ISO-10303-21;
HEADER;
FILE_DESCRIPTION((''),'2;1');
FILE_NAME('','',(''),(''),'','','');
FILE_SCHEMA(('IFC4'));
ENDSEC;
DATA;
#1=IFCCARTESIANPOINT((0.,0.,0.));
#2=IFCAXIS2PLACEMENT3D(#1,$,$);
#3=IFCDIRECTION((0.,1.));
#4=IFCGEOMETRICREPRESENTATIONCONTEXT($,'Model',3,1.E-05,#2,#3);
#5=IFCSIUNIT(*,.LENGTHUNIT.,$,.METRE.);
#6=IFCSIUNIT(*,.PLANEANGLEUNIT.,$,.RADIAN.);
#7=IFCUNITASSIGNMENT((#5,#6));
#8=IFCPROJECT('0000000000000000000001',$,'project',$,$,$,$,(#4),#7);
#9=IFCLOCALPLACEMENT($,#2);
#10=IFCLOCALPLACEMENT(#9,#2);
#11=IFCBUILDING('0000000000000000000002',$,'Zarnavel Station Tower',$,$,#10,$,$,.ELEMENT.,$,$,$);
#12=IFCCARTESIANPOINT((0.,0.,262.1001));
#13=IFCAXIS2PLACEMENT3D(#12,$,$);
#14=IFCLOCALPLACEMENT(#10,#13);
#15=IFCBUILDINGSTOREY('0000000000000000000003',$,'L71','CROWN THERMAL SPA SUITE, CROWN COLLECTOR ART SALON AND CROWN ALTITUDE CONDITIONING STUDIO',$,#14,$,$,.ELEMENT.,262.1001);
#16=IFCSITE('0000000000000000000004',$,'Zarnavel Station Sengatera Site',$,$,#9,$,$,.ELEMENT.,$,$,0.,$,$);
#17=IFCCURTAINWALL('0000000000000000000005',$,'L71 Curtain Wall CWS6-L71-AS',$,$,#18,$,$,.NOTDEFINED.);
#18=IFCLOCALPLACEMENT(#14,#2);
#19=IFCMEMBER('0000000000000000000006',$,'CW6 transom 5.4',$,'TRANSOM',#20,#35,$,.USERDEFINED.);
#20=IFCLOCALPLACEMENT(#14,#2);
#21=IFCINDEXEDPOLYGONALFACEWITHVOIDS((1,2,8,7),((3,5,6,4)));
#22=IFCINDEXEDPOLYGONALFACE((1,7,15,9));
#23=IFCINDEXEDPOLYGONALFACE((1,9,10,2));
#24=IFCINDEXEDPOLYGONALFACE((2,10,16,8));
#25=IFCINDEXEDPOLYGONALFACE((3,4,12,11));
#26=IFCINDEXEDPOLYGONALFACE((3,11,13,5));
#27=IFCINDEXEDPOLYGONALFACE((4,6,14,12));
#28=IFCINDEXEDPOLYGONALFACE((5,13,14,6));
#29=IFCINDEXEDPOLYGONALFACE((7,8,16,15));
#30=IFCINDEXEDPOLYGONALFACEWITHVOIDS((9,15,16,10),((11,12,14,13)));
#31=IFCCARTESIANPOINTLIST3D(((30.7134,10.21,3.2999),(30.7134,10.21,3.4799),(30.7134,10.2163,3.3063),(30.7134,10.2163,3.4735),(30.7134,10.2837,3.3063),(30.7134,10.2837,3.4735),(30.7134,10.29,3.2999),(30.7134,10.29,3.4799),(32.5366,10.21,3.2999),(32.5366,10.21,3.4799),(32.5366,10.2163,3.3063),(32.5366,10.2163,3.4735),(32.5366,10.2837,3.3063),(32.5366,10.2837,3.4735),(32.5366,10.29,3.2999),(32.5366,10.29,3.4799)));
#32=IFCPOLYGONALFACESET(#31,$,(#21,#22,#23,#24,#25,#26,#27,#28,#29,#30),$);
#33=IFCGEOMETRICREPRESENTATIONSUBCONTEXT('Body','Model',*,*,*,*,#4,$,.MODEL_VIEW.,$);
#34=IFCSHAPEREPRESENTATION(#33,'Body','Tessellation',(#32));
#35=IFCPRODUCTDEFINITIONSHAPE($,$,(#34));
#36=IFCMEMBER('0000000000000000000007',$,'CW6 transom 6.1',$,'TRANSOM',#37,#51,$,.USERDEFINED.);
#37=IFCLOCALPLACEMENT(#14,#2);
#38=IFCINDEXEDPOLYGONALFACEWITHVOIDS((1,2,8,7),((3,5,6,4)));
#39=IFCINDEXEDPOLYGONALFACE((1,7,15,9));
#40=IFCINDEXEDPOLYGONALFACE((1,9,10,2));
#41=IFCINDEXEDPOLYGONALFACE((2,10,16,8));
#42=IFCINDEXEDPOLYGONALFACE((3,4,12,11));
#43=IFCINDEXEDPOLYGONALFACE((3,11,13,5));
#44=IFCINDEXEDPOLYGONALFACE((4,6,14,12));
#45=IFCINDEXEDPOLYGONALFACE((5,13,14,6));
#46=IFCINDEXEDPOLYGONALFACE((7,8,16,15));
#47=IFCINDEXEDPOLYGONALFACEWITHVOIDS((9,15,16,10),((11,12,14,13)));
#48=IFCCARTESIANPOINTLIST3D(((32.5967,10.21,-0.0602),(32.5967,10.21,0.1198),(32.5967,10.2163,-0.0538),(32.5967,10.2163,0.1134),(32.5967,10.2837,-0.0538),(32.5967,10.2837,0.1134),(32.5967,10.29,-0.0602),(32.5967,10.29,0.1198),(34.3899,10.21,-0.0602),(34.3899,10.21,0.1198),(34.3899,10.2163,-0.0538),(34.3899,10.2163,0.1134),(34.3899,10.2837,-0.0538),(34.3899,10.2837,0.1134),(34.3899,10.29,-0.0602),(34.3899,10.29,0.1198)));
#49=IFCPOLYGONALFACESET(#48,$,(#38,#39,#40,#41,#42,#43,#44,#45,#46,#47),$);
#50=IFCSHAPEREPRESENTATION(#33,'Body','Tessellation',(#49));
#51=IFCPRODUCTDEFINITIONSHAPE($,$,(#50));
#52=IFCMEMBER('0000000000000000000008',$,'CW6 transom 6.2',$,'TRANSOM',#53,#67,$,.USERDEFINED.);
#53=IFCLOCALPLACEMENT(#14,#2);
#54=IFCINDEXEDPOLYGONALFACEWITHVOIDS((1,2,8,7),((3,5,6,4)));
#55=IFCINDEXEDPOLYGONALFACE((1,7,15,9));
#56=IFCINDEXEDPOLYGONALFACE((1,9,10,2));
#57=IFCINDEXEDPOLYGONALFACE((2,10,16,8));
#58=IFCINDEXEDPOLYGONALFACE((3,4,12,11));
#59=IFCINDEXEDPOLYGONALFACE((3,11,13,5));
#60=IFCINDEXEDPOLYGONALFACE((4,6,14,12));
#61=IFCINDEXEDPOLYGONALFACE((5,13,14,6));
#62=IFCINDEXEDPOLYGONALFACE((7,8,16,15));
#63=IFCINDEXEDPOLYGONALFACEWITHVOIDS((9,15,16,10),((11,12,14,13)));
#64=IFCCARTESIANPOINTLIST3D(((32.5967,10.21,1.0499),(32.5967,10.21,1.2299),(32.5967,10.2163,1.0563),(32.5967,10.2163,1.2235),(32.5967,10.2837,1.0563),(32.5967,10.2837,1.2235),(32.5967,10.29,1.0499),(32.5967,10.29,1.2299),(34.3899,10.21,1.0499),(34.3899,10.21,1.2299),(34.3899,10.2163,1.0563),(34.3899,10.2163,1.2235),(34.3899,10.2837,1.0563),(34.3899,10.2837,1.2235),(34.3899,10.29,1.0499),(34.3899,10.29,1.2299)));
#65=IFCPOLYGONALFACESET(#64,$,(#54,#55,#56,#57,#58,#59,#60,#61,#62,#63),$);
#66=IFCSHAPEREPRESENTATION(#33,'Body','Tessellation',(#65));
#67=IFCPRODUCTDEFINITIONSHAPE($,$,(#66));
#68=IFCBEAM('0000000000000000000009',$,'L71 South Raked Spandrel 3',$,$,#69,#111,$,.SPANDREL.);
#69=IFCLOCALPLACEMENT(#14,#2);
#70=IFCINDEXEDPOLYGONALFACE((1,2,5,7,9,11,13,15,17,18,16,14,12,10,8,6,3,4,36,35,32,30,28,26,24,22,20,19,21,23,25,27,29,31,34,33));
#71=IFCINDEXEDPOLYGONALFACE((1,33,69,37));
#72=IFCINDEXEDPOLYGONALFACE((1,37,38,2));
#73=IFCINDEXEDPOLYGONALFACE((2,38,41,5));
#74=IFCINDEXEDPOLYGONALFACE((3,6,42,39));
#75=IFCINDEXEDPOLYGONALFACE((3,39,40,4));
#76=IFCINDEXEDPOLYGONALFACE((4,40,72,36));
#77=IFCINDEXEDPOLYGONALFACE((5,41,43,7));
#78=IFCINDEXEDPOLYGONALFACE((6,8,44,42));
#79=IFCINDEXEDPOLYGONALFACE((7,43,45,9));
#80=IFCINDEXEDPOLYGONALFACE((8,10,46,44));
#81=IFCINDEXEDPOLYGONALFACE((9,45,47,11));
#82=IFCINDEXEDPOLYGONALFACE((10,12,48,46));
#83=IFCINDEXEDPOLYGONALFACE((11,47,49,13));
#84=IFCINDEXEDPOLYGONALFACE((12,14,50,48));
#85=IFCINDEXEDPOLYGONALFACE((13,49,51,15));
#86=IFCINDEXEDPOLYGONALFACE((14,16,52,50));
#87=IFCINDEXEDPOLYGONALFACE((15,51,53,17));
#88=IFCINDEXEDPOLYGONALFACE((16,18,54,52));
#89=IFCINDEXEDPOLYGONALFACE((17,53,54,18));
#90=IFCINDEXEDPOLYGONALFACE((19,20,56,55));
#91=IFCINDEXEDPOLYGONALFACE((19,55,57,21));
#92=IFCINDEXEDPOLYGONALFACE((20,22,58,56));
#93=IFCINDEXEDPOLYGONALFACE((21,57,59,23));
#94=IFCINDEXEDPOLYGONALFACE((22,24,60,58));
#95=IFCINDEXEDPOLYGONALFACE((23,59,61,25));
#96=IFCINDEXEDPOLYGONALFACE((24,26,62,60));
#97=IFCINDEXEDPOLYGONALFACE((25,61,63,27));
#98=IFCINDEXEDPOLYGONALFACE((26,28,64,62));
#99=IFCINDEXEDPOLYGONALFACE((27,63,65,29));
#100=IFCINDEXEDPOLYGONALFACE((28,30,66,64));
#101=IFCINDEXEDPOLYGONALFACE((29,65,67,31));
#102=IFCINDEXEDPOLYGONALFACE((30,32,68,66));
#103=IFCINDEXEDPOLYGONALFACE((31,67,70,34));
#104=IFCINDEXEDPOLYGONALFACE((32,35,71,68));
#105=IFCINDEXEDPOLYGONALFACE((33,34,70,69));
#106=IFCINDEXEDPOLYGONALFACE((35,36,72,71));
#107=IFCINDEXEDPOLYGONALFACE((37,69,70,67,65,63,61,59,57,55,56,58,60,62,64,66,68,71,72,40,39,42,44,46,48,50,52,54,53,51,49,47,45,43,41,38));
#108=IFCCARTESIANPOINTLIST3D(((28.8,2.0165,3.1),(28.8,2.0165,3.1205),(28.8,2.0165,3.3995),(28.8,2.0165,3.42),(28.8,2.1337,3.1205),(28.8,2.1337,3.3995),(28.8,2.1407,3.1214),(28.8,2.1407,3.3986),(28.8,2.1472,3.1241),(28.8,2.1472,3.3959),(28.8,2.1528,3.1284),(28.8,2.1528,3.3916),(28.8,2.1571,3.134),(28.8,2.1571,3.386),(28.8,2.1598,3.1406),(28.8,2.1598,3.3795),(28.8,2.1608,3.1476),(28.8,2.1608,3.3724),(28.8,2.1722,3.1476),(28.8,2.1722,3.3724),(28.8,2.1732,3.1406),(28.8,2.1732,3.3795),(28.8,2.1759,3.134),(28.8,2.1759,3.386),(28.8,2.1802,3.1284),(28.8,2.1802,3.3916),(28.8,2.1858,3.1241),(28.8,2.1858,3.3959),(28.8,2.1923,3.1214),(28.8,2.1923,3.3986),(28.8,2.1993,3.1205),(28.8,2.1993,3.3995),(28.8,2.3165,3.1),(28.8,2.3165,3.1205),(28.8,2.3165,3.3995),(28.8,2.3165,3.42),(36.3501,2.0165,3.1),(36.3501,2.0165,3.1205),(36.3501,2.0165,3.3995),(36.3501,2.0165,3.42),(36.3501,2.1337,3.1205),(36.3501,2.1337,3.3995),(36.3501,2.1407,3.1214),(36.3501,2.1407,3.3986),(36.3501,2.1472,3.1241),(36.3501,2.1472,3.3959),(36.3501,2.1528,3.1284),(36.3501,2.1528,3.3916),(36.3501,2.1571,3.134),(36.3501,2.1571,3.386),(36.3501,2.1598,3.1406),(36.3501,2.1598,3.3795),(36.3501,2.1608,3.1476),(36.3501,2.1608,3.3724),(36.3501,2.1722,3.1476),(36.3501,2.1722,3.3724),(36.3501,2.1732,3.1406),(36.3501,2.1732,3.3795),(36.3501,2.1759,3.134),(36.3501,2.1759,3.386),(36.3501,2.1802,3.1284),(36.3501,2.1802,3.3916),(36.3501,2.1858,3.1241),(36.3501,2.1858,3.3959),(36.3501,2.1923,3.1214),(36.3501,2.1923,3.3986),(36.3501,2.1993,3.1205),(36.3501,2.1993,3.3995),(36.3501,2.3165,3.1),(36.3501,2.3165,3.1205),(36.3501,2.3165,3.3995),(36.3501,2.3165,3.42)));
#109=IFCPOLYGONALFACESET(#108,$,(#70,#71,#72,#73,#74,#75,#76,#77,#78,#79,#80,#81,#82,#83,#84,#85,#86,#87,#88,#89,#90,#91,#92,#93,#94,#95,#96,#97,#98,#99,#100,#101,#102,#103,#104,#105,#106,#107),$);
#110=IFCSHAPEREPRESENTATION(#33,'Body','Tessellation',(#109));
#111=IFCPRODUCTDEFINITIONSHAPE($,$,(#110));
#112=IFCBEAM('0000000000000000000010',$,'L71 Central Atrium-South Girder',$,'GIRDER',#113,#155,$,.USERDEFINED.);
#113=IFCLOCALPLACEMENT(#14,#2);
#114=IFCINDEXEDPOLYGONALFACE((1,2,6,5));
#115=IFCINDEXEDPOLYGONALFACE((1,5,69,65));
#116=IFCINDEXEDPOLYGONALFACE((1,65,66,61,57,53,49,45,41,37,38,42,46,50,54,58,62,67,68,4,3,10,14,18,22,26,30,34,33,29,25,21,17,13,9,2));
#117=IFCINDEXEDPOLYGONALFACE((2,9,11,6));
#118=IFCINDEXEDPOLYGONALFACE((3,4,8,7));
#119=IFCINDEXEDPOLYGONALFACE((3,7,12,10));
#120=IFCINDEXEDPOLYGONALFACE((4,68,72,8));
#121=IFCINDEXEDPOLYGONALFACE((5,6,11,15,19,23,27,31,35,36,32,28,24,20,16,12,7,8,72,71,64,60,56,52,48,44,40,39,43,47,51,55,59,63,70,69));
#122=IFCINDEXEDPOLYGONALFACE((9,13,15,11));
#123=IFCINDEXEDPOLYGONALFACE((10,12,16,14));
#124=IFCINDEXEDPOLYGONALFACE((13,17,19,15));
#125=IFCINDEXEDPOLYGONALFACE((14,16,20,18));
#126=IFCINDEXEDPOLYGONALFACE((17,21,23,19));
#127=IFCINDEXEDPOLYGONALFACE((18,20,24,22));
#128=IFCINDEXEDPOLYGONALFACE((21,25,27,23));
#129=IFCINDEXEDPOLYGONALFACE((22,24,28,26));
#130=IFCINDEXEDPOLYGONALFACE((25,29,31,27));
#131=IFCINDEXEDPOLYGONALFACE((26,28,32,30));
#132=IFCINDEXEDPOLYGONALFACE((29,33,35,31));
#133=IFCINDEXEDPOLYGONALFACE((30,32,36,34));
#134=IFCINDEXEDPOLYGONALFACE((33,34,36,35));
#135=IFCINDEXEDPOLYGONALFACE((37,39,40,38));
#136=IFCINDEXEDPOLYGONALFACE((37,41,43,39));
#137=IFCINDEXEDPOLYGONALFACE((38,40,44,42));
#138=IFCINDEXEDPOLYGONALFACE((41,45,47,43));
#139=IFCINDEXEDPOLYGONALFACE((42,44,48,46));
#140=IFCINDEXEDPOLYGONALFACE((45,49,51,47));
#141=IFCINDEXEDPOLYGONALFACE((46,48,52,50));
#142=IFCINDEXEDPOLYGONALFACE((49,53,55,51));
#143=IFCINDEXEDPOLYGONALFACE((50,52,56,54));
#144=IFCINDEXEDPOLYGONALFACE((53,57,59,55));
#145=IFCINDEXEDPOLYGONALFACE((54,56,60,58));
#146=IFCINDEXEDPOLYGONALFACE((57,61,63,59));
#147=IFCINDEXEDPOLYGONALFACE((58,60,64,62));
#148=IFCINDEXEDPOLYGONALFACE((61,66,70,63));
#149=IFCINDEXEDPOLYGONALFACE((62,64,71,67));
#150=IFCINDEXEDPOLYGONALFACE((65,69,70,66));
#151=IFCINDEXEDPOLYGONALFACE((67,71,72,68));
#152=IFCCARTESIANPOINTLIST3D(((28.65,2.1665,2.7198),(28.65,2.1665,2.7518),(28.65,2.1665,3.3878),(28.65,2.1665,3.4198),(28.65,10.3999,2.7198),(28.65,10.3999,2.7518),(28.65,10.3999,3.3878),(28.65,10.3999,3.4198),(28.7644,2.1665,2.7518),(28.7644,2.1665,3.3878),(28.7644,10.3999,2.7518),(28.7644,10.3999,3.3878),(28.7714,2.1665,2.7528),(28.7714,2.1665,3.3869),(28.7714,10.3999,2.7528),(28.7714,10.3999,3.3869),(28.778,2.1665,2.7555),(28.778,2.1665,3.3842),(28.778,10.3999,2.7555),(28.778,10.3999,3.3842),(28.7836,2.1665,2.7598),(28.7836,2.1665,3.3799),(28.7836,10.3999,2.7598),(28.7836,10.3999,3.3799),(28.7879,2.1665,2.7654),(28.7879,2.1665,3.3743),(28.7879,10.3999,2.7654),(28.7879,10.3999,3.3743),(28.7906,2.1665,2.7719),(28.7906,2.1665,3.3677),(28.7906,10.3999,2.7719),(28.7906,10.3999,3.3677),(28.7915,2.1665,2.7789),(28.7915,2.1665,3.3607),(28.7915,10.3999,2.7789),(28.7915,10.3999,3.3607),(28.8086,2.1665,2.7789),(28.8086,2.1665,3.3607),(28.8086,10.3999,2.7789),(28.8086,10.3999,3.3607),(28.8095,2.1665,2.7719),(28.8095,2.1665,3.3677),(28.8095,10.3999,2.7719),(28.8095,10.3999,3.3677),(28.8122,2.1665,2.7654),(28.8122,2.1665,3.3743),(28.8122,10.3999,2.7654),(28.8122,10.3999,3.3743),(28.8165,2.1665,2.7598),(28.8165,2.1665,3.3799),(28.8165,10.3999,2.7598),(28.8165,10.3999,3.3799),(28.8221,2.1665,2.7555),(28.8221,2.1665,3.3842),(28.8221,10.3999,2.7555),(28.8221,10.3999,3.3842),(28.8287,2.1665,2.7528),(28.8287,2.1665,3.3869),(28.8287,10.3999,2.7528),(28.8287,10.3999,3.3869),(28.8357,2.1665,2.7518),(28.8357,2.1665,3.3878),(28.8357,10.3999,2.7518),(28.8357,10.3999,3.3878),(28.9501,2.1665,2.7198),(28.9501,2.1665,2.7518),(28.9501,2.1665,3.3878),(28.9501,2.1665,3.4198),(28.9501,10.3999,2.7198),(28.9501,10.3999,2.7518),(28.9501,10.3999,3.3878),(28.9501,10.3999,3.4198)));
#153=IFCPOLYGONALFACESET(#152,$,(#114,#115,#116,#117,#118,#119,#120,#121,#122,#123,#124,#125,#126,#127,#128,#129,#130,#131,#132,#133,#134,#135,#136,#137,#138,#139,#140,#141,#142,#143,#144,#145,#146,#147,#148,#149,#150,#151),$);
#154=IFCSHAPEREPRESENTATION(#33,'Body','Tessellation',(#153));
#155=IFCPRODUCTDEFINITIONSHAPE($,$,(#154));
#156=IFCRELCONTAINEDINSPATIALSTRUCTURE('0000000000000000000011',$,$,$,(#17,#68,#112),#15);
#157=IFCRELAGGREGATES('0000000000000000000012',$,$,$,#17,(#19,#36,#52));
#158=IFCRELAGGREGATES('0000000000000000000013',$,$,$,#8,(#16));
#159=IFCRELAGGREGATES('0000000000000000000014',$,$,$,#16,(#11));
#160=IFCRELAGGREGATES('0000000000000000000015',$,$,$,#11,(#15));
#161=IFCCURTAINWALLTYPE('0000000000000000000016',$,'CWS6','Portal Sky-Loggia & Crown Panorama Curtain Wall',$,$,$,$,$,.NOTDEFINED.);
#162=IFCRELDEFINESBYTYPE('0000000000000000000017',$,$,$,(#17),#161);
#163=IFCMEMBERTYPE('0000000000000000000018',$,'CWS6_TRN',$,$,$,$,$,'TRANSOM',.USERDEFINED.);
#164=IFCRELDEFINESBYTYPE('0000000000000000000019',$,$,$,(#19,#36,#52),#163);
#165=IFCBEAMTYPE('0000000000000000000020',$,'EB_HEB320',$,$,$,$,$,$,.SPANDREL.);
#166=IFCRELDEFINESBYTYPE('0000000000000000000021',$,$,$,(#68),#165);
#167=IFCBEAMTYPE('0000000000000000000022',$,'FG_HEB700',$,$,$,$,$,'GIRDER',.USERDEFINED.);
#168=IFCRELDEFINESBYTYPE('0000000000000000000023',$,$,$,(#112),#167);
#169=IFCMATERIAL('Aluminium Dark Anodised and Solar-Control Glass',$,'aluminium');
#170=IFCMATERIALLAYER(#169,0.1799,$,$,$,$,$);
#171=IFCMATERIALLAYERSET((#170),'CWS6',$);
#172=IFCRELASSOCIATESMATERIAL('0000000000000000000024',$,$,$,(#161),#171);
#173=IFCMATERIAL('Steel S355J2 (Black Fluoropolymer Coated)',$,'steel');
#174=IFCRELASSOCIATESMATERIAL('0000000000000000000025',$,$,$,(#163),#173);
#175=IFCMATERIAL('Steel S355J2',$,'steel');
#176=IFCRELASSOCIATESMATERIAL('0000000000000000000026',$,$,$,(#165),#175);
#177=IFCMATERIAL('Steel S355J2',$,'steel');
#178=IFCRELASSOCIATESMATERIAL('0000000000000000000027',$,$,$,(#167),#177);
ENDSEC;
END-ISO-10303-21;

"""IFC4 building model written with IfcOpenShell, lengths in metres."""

from ifc_helpers import new_model, si_unit, direction, frame, origin, origin_2d, place, context, subcontext, project, spatial, hollow_rectangle, i_section, extrude, material, layer, layer_set, material_profile, profile_set, type_object, element, aggregate, save


model = new_model("IFC4")

# Units and contexts
model_context = context("Model", 3, precision=1e-05, world=origin(), true_north=direction((0.0, 1.0)))
body_context = subcontext(model_context, "Body", "Model", "MODEL_VIEW")
ifc_project = project(units=[si_unit("LENGTHUNIT", "METRE"), si_unit("PLANEANGLEUNIT", "RADIAN")], contexts=[model_context])

# Site, building, storey
site_placement = place(None, origin())
site = spatial("IfcSite", under=ifc_project, at=site_placement, Name="Zarnavel Station Sengatera Site", CompositionType="ELEMENT", RefElevation=0.0)
building_placement = place(site_placement, origin())
building = spatial("IfcBuilding", under=site, at=building_placement, Name="Zarnavel Station Tower", CompositionType="ELEMENT")
storey_placement = place(building_placement, frame((0.0, 0.0, 262.1001)))
storey = spatial("IfcBuildingStorey", under=building, at=storey_placement, Name="L71", Description="CROWN THERMAL SPA SUITE, CROWN COLLECTOR ART SALON AND CROWN ALTITUDE CONDITIONING STUDIO", CompositionType="ELEMENT", Elevation=262.1001)

# Curtain wall, members
ifc_material_1 = material(Name="Aluminium Dark Anodised and Solar-Control Glass", Category="aluminium")
ifc_layer_1 = layer(ifc_material_1, 0.1799)
ifc_layer_set_1 = layer_set([ifc_layer_1], Name="CWS6")
curtain_wall_type = type_object("IfcCurtainWallType", Name="CWS6", Description="Portal Sky-Loggia & Crown Panorama Curtain Wall", PredefinedType="NOTDEFINED", material=ifc_layer_set_1)
curtain_wall_placement = place(storey_placement, origin())
curtain_wall = element("IfcCurtainWall", 1, at=curtain_wall_placement, inside=storey, type_object=curtain_wall_type, Name="L71 Curtain Wall CWS6-L71-AS", PredefinedType="NOTDEFINED")
ifc_material_2 = material(Name="Steel S355J2 (Black Fluoropolymer Coated)", Category="steel")
ifc_material_profile_1 = material_profile(ifc_material_2, hollow_rectangle(XDim=0.0801, YDim=0.1799, WallThickness=0.0063, at=origin_2d()), Name="RHS180x80x6.3")
ifc_profile_set_1 = profile_set([ifc_material_profile_1], Name="Steel S355J2 (Black Fluoropolymer Coated)")
member_type_1 = type_object("IfcMemberType", Name="CWS6_TRN", ElementType="TRANSOM", PredefinedType="USERDEFINED", material=ifc_profile_set_1)
member_1_placement = place(storey_placement, frame((30.7134, 10.25, 3.3899), z_axis=(1.0, 0.0, 0.0), x_axis=(0.0, 1.0, 0.0)))
member_1 = element("IfcMember", 2, at=member_1_placement, type_object=member_type_1, Name="CW6 transom 5.4", ObjectType="TRANSOM", PredefinedType="USERDEFINED", context=body_context, shape_type="SweptSolid", body=[
    extrude(hollow_rectangle(XDim=0.0801, YDim=0.1799, WallThickness=0.0063, at=origin_2d()), origin(), (0.0, 0.0, 1.0), 1.8232),
])
member_2_placement = place(storey_placement, frame((32.5967, 10.25, 0.0298), z_axis=(1.0, 0.0, 0.0), x_axis=(0.0, 1.0, 0.0)))
member_2 = element("IfcMember", 3, at=member_2_placement, type_object=member_type_1, Name="CW6 transom 6.1", ObjectType="TRANSOM", PredefinedType="USERDEFINED", context=body_context, shape_type="SweptSolid", body=[
    extrude(hollow_rectangle(XDim=0.0801, YDim=0.1799, WallThickness=0.0063, at=origin_2d()), origin(), (0.0, 0.0, 1.0), 1.7932),
])
member_3_placement = place(storey_placement, frame((32.5967, 10.25, 1.1399), z_axis=(1.0, 0.0, 0.0), x_axis=(0.0, 1.0, 0.0)))
member_3 = element("IfcMember", 4, at=member_3_placement, type_object=member_type_1, Name="CW6 transom 6.2", ObjectType="TRANSOM", PredefinedType="USERDEFINED", context=body_context, shape_type="SweptSolid", body=[
    extrude(hollow_rectangle(XDim=0.0801, YDim=0.1799, WallThickness=0.0063, at=origin_2d()), origin(), (0.0, 0.0, 1.0), 1.7932),
])

# Beams
ifc_material_3 = material(Name="Steel S355J2", Category="steel")
ifc_material_profile_2 = material_profile(ifc_material_3, i_section(OverallWidth=0.3, OverallDepth=0.3201, WebThickness=0.0115, FlangeThickness=0.0205, FilletRadius=0.0271, at=origin_2d()), Name="HEB320")
ifc_profile_set_2 = profile_set([ifc_material_profile_2], Name="Steel S355J2")
beam_type_1 = type_object("IfcBeamType", Name="EB_HEB320", PredefinedType="SPANDREL", material=ifc_profile_set_2)
beam_1_placement = place(storey_placement, frame((28.8, 2.1665, 3.26), z_axis=(1.0, 0.0, 0.0), x_axis=(0.0, 1.0, 0.0)))
element("IfcBeam", 5, at=beam_1_placement, inside=storey, type_object=beam_type_1, Name="L71 South Raked Spandrel 3", PredefinedType="SPANDREL", context=body_context, shape_type="SweptSolid", body=[
    extrude(i_section(OverallWidth=0.3, OverallDepth=0.3201, WebThickness=0.0115, FlangeThickness=0.0205, FilletRadius=0.0271, at=origin_2d()), origin(), (0.0, 0.0, 1.0), 7.55),
])
ifc_material_4 = material(Name="Steel S355J2", Category="steel")
ifc_material_profile_3 = material_profile(ifc_material_4, i_section(OverallWidth=0.3, OverallDepth=0.7, WebThickness=0.0171, FlangeThickness=0.032, FilletRadius=0.0271, at=origin_2d()), Name="HEB700")
ifc_profile_set_3 = profile_set([ifc_material_profile_3], Name="Steel S355J2")
beam_type_2 = type_object("IfcBeamType", Name="FG_HEB700", ElementType="GIRDER", PredefinedType="USERDEFINED", material=ifc_profile_set_3)
beam_2_placement = place(storey_placement, frame((28.8, 2.1665, 3.0698), z_axis=(0.0, 1.0, 0.0), x_axis=(-1.0, 0.0, 0.0)))
element("IfcBeam", 6, at=beam_2_placement, inside=storey, type_object=beam_type_2, Name="L71 Central Atrium-South Girder", ObjectType="GIRDER", PredefinedType="USERDEFINED", context=body_context, shape_type="SweptSolid", body=[
    extrude(i_section(OverallWidth=0.3, OverallDepth=0.7, WebThickness=0.0171, FlangeThickness=0.032, FilletRadius=0.0271, at=origin_2d()), origin(), (0.0, 0.0, 1.0), 8.2334),
])

aggregate(curtain_wall, [member_1, member_2, member_3])

save(model, "model.ifc")
